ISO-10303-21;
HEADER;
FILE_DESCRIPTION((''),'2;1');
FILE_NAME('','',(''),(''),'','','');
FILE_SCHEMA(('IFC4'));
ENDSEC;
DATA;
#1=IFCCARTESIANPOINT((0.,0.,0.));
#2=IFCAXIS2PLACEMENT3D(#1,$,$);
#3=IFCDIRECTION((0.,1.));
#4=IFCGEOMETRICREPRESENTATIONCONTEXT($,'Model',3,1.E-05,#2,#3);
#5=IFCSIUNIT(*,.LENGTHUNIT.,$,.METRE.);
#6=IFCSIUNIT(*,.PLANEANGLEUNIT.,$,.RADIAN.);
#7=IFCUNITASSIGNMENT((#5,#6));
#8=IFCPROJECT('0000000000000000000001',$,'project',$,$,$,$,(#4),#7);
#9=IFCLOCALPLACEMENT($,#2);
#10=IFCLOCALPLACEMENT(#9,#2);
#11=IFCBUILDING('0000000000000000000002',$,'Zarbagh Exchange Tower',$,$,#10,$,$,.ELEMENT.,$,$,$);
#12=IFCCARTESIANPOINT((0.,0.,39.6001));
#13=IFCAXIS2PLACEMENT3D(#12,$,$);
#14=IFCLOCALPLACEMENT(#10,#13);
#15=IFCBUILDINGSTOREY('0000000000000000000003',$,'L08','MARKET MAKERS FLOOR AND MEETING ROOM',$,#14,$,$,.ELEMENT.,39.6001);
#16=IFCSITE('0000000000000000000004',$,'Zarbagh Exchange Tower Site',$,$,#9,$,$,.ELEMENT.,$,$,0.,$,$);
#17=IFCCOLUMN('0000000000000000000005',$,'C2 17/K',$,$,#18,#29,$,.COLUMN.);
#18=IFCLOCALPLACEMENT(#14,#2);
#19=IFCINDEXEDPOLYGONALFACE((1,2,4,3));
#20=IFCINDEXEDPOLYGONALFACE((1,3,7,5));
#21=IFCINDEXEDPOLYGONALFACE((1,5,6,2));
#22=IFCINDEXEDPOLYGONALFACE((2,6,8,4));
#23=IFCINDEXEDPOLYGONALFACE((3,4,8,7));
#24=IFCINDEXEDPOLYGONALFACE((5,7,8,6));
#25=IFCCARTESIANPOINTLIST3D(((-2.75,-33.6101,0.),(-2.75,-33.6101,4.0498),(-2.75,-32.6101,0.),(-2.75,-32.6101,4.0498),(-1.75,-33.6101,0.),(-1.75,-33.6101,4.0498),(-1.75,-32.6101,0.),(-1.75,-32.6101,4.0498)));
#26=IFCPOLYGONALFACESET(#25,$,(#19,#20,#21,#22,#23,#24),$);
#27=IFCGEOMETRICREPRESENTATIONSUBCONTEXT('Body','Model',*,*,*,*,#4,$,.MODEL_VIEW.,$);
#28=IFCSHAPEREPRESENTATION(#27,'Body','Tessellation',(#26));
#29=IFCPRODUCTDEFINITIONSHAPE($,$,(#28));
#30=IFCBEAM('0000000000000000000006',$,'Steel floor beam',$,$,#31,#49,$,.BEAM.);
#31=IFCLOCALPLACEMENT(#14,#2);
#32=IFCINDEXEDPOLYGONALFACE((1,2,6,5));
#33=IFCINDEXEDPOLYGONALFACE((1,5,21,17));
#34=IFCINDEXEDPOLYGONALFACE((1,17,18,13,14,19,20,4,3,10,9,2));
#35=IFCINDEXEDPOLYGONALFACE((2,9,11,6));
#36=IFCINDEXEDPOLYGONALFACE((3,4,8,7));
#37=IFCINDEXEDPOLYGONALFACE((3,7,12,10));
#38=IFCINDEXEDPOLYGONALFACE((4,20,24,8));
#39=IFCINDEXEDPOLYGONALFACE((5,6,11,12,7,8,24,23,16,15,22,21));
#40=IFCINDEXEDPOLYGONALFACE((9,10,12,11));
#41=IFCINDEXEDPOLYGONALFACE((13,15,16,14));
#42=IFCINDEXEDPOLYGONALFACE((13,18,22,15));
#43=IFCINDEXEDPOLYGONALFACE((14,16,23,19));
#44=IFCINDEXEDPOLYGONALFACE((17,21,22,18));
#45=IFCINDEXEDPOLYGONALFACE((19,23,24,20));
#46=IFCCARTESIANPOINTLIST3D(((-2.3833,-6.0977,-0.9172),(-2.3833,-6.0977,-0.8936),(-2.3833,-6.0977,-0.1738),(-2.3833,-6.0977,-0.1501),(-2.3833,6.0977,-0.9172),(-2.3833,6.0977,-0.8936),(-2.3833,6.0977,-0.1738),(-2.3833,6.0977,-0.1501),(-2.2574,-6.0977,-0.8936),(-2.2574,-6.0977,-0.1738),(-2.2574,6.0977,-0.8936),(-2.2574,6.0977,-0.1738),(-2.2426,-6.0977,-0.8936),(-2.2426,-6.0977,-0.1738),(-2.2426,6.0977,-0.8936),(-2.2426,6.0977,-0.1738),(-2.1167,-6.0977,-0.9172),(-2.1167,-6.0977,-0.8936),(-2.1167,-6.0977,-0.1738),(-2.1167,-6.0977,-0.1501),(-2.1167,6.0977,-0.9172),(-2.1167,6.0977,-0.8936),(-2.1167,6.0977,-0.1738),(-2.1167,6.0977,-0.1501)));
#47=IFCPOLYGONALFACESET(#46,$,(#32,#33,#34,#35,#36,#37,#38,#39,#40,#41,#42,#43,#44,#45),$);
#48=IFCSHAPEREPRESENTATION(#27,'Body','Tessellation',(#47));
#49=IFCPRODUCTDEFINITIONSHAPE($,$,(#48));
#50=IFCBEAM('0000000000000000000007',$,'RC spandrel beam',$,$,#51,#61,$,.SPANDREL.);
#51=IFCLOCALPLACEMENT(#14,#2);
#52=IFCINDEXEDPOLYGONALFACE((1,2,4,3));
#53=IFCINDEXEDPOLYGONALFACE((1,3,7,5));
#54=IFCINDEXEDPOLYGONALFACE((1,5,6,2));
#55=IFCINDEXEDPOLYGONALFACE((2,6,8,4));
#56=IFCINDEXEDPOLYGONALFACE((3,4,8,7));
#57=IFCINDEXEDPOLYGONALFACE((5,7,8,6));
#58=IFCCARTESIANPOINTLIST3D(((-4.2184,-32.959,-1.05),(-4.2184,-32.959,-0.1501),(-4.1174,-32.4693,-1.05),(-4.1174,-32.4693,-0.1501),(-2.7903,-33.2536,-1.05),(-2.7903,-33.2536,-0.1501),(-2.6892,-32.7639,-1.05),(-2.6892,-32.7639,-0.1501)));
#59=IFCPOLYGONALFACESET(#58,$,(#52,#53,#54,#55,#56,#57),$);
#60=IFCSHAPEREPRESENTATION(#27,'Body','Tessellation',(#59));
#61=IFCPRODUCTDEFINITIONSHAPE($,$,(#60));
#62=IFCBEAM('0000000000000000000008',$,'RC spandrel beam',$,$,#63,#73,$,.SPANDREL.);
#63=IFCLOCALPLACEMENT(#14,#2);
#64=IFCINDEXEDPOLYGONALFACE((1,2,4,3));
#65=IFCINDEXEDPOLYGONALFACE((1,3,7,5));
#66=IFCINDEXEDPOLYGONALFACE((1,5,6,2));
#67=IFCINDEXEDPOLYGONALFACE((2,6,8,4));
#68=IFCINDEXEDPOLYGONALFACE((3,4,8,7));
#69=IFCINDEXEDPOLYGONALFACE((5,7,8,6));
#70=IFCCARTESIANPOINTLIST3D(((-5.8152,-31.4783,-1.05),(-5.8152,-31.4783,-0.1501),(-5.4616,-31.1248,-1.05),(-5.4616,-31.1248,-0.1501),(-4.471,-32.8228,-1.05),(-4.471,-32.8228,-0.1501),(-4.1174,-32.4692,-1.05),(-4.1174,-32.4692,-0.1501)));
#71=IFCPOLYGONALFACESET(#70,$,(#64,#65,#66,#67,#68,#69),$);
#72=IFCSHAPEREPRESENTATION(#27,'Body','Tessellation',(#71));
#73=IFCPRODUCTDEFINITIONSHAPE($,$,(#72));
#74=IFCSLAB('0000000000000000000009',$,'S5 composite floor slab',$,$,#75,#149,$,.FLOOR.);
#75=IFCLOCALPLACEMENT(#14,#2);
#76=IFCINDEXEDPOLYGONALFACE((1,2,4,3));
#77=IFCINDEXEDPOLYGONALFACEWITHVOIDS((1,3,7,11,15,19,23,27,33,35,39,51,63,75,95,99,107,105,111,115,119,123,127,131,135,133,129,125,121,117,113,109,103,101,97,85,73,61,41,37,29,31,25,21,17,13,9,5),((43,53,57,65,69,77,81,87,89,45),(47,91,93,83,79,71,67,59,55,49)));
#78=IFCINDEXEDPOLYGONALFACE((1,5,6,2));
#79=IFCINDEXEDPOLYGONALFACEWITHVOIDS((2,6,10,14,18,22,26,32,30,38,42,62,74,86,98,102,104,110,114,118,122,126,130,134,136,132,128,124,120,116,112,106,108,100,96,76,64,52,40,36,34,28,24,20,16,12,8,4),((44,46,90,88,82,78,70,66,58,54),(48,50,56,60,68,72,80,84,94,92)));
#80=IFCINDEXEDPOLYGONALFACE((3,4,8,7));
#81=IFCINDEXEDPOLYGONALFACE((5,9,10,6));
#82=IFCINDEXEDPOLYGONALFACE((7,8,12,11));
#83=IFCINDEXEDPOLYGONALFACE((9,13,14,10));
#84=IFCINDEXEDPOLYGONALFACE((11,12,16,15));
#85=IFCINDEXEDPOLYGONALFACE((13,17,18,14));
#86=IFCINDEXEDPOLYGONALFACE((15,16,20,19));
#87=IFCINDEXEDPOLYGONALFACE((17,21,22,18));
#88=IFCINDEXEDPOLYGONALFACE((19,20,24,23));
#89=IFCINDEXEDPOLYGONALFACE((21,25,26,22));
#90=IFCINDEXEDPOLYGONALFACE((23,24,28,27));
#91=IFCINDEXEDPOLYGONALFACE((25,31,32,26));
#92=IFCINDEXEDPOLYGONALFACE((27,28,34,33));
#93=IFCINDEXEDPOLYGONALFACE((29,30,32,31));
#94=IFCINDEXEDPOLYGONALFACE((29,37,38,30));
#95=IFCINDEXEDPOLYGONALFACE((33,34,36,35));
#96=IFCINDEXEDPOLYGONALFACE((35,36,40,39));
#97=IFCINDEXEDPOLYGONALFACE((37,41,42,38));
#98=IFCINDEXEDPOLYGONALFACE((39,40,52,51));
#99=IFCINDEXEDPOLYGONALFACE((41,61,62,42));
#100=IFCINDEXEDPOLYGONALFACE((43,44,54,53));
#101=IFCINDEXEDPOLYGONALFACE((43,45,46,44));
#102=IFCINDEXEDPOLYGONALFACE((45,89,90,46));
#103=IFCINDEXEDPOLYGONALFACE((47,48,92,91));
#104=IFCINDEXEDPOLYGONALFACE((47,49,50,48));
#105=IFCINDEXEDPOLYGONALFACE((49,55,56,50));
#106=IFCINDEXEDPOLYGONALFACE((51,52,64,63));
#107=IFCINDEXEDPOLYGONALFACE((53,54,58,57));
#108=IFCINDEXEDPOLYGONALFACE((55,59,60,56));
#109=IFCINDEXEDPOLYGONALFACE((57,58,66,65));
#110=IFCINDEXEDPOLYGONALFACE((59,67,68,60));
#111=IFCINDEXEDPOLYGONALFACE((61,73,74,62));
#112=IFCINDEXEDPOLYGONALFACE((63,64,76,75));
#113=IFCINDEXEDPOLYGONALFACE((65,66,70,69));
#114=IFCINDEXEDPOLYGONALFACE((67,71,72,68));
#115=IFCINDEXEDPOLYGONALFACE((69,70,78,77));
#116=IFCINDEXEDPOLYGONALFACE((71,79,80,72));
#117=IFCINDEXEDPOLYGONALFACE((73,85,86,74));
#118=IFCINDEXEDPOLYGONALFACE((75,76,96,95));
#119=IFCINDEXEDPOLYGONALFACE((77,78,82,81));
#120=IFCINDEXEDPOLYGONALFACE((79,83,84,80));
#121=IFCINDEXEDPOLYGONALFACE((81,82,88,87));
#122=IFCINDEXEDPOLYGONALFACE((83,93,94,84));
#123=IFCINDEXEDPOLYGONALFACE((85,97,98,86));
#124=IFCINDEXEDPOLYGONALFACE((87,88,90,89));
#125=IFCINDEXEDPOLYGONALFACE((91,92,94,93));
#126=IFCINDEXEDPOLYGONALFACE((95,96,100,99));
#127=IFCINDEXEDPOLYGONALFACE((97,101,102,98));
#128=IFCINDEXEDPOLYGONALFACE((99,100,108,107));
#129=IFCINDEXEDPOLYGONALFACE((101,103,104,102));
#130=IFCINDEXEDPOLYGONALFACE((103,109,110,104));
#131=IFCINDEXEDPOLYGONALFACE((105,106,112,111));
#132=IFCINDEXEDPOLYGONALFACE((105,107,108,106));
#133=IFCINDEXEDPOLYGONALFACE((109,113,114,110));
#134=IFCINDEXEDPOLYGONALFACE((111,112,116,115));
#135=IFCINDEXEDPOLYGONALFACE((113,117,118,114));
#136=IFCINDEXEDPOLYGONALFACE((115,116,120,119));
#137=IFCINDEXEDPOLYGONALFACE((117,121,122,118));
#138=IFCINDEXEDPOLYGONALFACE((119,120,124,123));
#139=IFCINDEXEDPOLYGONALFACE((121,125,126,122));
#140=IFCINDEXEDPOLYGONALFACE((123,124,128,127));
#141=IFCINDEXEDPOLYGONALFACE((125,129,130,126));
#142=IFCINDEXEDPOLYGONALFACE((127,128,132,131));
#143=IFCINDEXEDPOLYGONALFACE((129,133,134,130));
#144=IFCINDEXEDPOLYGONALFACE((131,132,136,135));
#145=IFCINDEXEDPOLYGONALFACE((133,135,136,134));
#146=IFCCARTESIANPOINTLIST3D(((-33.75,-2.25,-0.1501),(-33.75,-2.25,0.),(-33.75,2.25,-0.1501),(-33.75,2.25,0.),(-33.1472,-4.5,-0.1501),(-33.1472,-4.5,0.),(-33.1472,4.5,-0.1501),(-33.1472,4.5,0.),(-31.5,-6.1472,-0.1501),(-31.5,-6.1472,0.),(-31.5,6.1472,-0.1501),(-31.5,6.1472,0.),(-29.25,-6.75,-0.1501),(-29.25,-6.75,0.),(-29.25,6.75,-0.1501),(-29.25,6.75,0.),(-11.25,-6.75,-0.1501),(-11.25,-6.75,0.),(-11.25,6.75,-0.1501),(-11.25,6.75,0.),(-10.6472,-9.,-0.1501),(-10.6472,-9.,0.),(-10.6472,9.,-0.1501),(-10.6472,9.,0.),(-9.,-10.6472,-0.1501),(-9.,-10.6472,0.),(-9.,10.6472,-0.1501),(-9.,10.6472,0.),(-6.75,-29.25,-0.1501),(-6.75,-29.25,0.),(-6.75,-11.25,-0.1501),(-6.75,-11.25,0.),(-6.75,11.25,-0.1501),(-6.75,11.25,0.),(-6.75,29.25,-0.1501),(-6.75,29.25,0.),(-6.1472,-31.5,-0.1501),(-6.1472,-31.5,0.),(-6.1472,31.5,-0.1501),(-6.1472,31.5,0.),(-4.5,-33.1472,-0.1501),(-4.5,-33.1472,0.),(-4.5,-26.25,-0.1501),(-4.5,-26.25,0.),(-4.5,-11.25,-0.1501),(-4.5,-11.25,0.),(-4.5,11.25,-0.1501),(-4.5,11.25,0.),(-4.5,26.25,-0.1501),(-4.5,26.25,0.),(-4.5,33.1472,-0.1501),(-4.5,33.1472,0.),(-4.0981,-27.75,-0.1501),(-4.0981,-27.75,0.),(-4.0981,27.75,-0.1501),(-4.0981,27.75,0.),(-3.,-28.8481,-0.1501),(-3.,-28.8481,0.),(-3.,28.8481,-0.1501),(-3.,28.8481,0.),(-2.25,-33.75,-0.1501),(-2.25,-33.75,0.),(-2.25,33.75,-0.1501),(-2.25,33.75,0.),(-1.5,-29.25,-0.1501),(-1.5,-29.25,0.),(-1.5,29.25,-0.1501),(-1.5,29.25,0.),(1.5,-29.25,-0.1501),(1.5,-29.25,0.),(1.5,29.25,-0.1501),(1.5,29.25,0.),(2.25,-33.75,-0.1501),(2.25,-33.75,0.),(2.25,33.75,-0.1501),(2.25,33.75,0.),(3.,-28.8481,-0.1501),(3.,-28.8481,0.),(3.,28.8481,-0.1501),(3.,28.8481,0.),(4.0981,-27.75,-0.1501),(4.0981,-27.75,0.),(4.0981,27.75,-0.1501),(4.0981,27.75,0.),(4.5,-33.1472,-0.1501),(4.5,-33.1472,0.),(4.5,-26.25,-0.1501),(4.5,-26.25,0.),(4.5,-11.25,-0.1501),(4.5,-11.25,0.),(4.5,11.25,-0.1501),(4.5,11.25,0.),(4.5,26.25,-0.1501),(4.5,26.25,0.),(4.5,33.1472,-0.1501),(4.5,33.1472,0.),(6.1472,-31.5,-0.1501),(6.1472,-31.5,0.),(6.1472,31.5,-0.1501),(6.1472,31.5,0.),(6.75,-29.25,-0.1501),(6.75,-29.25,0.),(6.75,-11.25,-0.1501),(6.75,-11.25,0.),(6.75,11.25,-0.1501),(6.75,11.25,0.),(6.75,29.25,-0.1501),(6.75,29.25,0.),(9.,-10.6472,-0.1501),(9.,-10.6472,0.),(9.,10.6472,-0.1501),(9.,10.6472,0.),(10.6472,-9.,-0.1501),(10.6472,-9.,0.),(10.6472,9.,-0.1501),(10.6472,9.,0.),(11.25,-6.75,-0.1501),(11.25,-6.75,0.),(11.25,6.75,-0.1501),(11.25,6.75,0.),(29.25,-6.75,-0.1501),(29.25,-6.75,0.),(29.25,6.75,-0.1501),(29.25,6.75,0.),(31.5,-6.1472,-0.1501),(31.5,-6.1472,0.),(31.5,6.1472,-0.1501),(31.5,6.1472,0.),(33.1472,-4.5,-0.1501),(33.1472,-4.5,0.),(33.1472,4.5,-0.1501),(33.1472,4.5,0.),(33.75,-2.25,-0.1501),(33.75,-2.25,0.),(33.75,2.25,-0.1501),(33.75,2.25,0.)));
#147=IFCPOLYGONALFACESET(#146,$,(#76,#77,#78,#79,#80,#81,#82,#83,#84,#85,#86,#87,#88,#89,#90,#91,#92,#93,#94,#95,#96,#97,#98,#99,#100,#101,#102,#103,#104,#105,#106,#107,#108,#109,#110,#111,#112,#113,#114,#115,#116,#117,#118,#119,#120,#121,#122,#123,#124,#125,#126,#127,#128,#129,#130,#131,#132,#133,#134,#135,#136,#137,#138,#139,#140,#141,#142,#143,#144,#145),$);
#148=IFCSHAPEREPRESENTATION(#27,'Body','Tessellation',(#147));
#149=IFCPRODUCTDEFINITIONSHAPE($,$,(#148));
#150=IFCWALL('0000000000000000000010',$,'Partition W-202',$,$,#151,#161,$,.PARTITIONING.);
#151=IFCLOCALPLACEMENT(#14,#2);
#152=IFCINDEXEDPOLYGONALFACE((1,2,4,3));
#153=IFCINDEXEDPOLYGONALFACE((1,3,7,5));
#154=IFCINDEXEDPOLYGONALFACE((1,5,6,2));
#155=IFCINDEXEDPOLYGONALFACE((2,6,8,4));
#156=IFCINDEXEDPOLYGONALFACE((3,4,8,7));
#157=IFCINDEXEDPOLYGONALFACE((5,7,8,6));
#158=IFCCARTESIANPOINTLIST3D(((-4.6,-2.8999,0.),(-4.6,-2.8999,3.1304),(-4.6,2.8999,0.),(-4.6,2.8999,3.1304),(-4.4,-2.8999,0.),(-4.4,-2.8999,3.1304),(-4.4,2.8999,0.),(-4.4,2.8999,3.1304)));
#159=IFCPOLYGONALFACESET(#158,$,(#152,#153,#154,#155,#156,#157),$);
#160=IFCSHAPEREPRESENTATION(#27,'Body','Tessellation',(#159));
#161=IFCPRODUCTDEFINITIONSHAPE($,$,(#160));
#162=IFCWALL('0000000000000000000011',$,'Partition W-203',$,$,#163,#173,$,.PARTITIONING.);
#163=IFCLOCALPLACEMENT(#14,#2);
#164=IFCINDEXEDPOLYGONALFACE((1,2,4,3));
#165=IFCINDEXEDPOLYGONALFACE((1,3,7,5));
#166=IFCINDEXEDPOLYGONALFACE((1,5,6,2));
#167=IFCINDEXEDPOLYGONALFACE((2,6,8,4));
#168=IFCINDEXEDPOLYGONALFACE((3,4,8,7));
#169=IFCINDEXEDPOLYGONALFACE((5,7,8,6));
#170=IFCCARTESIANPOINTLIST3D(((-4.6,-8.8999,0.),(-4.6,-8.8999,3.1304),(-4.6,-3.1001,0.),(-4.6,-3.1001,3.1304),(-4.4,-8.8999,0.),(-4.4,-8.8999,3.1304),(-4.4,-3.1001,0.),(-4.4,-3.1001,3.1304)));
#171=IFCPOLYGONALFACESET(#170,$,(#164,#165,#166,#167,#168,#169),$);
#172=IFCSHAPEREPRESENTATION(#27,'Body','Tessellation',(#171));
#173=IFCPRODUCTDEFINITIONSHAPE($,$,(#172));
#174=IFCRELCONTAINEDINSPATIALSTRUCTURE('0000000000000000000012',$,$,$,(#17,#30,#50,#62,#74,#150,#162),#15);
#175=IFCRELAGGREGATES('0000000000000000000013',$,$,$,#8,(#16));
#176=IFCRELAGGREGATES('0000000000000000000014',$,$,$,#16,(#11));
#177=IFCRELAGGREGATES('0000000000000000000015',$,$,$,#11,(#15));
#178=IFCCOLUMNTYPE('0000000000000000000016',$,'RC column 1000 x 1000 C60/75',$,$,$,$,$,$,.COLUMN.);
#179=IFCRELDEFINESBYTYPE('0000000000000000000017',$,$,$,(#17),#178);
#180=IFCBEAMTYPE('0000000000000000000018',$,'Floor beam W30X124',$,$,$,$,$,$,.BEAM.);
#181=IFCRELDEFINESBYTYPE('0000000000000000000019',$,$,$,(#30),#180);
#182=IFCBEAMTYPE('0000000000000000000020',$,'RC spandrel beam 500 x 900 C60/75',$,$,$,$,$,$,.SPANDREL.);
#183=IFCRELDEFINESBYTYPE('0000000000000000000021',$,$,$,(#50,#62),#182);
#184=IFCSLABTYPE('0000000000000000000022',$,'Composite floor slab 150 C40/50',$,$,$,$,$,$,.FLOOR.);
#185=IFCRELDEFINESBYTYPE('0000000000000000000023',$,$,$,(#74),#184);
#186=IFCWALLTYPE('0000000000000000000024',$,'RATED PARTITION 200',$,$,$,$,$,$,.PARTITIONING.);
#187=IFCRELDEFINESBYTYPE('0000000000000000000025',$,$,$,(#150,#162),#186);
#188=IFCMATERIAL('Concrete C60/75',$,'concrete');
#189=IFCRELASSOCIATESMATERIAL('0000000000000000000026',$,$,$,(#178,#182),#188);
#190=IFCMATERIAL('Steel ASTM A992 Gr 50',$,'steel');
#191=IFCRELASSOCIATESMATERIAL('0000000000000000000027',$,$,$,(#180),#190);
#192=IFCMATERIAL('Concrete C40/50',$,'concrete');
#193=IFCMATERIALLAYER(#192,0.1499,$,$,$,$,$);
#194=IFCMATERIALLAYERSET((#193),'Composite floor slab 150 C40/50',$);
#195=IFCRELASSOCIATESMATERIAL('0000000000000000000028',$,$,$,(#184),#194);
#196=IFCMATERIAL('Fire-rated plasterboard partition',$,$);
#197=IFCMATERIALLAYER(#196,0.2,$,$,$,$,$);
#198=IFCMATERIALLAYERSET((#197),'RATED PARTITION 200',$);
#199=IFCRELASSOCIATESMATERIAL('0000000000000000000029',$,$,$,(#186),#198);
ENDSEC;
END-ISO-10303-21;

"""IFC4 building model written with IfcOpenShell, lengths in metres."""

from ifc_helpers import new_model, si_unit, direction, frame, frame_2d, origin, origin_2d, place, context, subcontext, project, spatial, polyline, rectangle, i_section, outline, extrude, material, layer, layer_set, material_profile, profile_set, type_object, element, save


model = new_model("IFC4")

# Units and contexts
model_context = context("Model", 3, precision=1e-05, world=origin(), true_north=direction((0.0, 1.0)))
body_context = subcontext(model_context, "Body", "Model", "MODEL_VIEW")
ifc_project = project(units=[si_unit("LENGTHUNIT", "METRE"), si_unit("PLANEANGLEUNIT", "RADIAN")], contexts=[model_context])

# Site, building, storey
site_placement = place(None, origin())
site = spatial("IfcSite", under=ifc_project, at=site_placement, Name="Zarbagh Exchange Tower Site", CompositionType="ELEMENT", RefElevation=0.0)
building_placement = place(site_placement, origin())
building = spatial("IfcBuilding", under=site, at=building_placement, Name="Zarbagh Exchange Tower", CompositionType="ELEMENT")
storey_placement = place(building_placement, frame((0.0, 0.0, 39.6001)))
storey = spatial("IfcBuildingStorey", under=building, at=storey_placement, Name="L08", Description="MARKET MAKERS FLOOR AND MEETING ROOM", CompositionType="ELEMENT", Elevation=39.6001)

# Column
ifc_material_1 = material(Name="Concrete C60/75", Category="concrete")
ifc_material_profile_1 = material_profile(ifc_material_1, rectangle(XDim=1.0, YDim=1.0, at=origin_2d()), Name="RC column 1000 x 1000 C60/75")
ifc_profile_set_1 = profile_set([ifc_material_profile_1], Name="Concrete C60/75")
column_type = type_object("IfcColumnType", Name="RC column 1000 x 1000 C60/75", PredefinedType="COLUMN", material=ifc_profile_set_1)
column_placement = place(storey_placement, frame((-2.25, -33.1101, 0.0), z_axis=(0.0, 0.0, 1.0), x_axis=(1.0, 0.0, 0.0)))
element("IfcColumn", 1, at=column_placement, inside=storey, type_object=column_type, Name="C2 17/K", PredefinedType="COLUMN", context=body_context, shape_type="SweptSolid", body=[
    extrude(rectangle(XDim=1.0, YDim=1.0, at=origin_2d()), origin(), (0.0, 0.0, 1.0), 4.0498),
])

# Beams
ifc_material_2 = material(Name="Steel ASTM A992 Gr 50", Category="steel")
ifc_material_profile_2 = material_profile(ifc_material_2, i_section(OverallWidth=0.2666, OverallDepth=0.7671, WebThickness=0.0149, FlangeThickness=0.0237, at=origin_2d()), Name="W30X124")
ifc_profile_set_2 = profile_set([ifc_material_profile_2], Name="Steel ASTM A992 Gr 50")
beam_type_1 = type_object("IfcBeamType", Name="Floor beam W30X124", PredefinedType="BEAM", material=ifc_profile_set_2)
beam_1_placement = place(storey_placement, frame((-2.25, -6.0977, -0.5337), z_axis=(0.0, 1.0, 0.0), x_axis=(-1.0, 0.0, 0.0)))
element("IfcBeam", 2, at=beam_1_placement, inside=storey, type_object=beam_type_1, Name="Steel floor beam", PredefinedType="BEAM", context=body_context, shape_type="SweptSolid", body=[
    extrude(i_section(OverallWidth=0.2666, OverallDepth=0.7671, WebThickness=0.0149, FlangeThickness=0.0237, at=origin_2d()), origin(), (0.0, 0.0, 1.0), 12.1953),
])
ifc_material_profile_3 = material_profile(ifc_material_1, rectangle(XDim=0.5, YDim=0.8999, at=origin_2d()), Name="RC spandrel beam 500 x 900 C60/75")
ifc_profile_set_3 = profile_set([ifc_material_profile_3], Name="Concrete C60/75")
beam_type_2 = type_object("IfcBeamType", Name="RC spandrel beam 500 x 900 C60/75", PredefinedType="SPANDREL", material=ifc_profile_set_3)
beam_2_placement = place(storey_placement, frame((-2.7397, -33.0088, -0.6001), z_axis=(-0.979371, 0.202069, 0.0), x_axis=(-0.202069, -0.979371, 0.0)))
element("IfcBeam", 3, at=beam_2_placement, inside=storey, type_object=beam_type_2, Name="RC spandrel beam", PredefinedType="SPANDREL", context=body_context, shape_type="SweptSolid", body=[
    extrude(rectangle(XDim=0.5, YDim=0.8999, at=origin_2d()), origin(), (0.0, 0.0, 1.0), 1.4583),
])
beam_3_placement = place(storey_placement, frame((-4.2942, -32.646, -0.6001), z_axis=(-0.707043, 0.707171, 0.0), x_axis=(-0.707171, -0.707043, 0.0)))
element("IfcBeam", 4, at=beam_3_placement, inside=storey, type_object=beam_type_2, Name="RC spandrel beam", PredefinedType="SPANDREL", context=body_context, shape_type="SweptSolid", body=[
    extrude(rectangle(XDim=0.5, YDim=0.8999, at=origin_2d()), origin(), (0.0, 0.0, 1.0), 1.9011),
])

# Slab
ifc_material_3 = material(Name="Concrete C40/50", Category="concrete")
ifc_layer_1 = layer(ifc_material_3, 0.1499)
ifc_layer_set_1 = layer_set([ifc_layer_1], Name="Composite floor slab 150 C40/50")
slab_type = type_object("IfcSlabType", Name="Composite floor slab 150 C40/50", PredefinedType="FLOOR", material=ifc_layer_set_1)
slab_placement = place(storey_placement, frame((0.0, 0.0, -0.1501)))
element("IfcSlab", 5, at=slab_placement, inside=storey, type_object=slab_type, Name="S5 composite floor slab", PredefinedType="FLOOR", context=body_context, shape_type="SweptSolid", body=[
    extrude(outline(polyline([(-2.25, -33.75), (-4.5, -33.1472), (-6.1472, -31.5), (-6.75, -29.25), (-6.75, -11.25), (-9.0, -10.6472), (-10.6472, -9.0), (-11.25, -6.75), (-29.25, -6.75), (-31.5, -6.1472), (-33.1472, -4.5), (-33.75, -2.25), (-33.75, 2.25), (-33.1472, 4.5), (-31.5, 6.1472), (-29.25, 6.75), (-11.25, 6.75), (-10.6472, 9.0), (-9.0, 10.6472), (-6.75, 11.25), (-6.75, 29.25), (-6.1472, 31.5), (-4.5, 33.1472), (-2.25, 33.75), (2.25, 33.75), (4.5, 33.1472), (6.1472, 31.5), (6.75, 29.25), (6.75, 11.25), (9.0, 10.6472), (10.6472, 9.0), (11.25, 6.75), (29.25, 6.75), (31.5, 6.1472), (33.1472, 4.5), (33.75, 2.25), (33.75, -2.25), (33.1472, -4.5), (31.5, -6.1472), (29.25, -6.75), (11.25, -6.75), (10.6472, -9.0), (9.0, -10.6472), (6.75, -11.25), (6.75, -29.25), (6.1472, -31.5), (4.5, -33.1472), (2.25, -33.75), (-2.25, -33.75)]), holes=[polyline([(4.5, 11.25), (4.5, 26.25), (4.0981, 27.75), (3.0, 28.8481), (1.5, 29.25), (-1.5, 29.25), (-3.0, 28.8481), (-4.0981, 27.75), (-4.5, 26.25), (-4.5, 11.25), (4.5, 11.25)]), polyline([(-1.5, -29.25), (1.5, -29.25), (3.0, -28.8481), (4.0981, -27.75), (4.5, -26.25), (4.5, -11.25), (-4.5, -11.25), (-4.5, -26.25), (-4.0981, -27.75), (-3.0, -28.8481), (-1.5, -29.25)])]), origin(), (0.0, 0.0, 1.0), 0.1501),
])

# Walls
ifc_material_4 = material(Name="Fire-rated plasterboard partition")
ifc_layer_2 = layer(ifc_material_4, 0.2)
ifc_layer_set_2 = layer_set([ifc_layer_2], Name="RATED PARTITION 200")
wall_type_1 = type_object("IfcWallType", Name="RATED PARTITION 200", PredefinedType="PARTITIONING", material=ifc_layer_set_2)
for number, where, z_axis, x_axis, name in (
    (6, (-4.5, -2.8999, 0.0), (0.0, 0.0, 1.0), (0.0, 1.0, 0.0), "Partition W-202"),
    (7, (-4.5, -8.8999, 0.0), (0.0, 0.0, 1.0), (0.0, 1.0, 0.0), "Partition W-203"),
):
    element("IfcWall", number, at=place(storey_placement, frame(where, z_axis=z_axis, x_axis=x_axis)), inside=storey, type_object=wall_type_1, Name=name, PredefinedType="PARTITIONING", context=body_context, shape_type="SweptSolid", body=[
        extrude(rectangle(XDim=5.7998, YDim=0.2, at=frame_2d((2.8999, 0.0))), origin(), (0.0, 0.0, 1.0), 3.1304),
    ])

save(model, "model.ifc")
